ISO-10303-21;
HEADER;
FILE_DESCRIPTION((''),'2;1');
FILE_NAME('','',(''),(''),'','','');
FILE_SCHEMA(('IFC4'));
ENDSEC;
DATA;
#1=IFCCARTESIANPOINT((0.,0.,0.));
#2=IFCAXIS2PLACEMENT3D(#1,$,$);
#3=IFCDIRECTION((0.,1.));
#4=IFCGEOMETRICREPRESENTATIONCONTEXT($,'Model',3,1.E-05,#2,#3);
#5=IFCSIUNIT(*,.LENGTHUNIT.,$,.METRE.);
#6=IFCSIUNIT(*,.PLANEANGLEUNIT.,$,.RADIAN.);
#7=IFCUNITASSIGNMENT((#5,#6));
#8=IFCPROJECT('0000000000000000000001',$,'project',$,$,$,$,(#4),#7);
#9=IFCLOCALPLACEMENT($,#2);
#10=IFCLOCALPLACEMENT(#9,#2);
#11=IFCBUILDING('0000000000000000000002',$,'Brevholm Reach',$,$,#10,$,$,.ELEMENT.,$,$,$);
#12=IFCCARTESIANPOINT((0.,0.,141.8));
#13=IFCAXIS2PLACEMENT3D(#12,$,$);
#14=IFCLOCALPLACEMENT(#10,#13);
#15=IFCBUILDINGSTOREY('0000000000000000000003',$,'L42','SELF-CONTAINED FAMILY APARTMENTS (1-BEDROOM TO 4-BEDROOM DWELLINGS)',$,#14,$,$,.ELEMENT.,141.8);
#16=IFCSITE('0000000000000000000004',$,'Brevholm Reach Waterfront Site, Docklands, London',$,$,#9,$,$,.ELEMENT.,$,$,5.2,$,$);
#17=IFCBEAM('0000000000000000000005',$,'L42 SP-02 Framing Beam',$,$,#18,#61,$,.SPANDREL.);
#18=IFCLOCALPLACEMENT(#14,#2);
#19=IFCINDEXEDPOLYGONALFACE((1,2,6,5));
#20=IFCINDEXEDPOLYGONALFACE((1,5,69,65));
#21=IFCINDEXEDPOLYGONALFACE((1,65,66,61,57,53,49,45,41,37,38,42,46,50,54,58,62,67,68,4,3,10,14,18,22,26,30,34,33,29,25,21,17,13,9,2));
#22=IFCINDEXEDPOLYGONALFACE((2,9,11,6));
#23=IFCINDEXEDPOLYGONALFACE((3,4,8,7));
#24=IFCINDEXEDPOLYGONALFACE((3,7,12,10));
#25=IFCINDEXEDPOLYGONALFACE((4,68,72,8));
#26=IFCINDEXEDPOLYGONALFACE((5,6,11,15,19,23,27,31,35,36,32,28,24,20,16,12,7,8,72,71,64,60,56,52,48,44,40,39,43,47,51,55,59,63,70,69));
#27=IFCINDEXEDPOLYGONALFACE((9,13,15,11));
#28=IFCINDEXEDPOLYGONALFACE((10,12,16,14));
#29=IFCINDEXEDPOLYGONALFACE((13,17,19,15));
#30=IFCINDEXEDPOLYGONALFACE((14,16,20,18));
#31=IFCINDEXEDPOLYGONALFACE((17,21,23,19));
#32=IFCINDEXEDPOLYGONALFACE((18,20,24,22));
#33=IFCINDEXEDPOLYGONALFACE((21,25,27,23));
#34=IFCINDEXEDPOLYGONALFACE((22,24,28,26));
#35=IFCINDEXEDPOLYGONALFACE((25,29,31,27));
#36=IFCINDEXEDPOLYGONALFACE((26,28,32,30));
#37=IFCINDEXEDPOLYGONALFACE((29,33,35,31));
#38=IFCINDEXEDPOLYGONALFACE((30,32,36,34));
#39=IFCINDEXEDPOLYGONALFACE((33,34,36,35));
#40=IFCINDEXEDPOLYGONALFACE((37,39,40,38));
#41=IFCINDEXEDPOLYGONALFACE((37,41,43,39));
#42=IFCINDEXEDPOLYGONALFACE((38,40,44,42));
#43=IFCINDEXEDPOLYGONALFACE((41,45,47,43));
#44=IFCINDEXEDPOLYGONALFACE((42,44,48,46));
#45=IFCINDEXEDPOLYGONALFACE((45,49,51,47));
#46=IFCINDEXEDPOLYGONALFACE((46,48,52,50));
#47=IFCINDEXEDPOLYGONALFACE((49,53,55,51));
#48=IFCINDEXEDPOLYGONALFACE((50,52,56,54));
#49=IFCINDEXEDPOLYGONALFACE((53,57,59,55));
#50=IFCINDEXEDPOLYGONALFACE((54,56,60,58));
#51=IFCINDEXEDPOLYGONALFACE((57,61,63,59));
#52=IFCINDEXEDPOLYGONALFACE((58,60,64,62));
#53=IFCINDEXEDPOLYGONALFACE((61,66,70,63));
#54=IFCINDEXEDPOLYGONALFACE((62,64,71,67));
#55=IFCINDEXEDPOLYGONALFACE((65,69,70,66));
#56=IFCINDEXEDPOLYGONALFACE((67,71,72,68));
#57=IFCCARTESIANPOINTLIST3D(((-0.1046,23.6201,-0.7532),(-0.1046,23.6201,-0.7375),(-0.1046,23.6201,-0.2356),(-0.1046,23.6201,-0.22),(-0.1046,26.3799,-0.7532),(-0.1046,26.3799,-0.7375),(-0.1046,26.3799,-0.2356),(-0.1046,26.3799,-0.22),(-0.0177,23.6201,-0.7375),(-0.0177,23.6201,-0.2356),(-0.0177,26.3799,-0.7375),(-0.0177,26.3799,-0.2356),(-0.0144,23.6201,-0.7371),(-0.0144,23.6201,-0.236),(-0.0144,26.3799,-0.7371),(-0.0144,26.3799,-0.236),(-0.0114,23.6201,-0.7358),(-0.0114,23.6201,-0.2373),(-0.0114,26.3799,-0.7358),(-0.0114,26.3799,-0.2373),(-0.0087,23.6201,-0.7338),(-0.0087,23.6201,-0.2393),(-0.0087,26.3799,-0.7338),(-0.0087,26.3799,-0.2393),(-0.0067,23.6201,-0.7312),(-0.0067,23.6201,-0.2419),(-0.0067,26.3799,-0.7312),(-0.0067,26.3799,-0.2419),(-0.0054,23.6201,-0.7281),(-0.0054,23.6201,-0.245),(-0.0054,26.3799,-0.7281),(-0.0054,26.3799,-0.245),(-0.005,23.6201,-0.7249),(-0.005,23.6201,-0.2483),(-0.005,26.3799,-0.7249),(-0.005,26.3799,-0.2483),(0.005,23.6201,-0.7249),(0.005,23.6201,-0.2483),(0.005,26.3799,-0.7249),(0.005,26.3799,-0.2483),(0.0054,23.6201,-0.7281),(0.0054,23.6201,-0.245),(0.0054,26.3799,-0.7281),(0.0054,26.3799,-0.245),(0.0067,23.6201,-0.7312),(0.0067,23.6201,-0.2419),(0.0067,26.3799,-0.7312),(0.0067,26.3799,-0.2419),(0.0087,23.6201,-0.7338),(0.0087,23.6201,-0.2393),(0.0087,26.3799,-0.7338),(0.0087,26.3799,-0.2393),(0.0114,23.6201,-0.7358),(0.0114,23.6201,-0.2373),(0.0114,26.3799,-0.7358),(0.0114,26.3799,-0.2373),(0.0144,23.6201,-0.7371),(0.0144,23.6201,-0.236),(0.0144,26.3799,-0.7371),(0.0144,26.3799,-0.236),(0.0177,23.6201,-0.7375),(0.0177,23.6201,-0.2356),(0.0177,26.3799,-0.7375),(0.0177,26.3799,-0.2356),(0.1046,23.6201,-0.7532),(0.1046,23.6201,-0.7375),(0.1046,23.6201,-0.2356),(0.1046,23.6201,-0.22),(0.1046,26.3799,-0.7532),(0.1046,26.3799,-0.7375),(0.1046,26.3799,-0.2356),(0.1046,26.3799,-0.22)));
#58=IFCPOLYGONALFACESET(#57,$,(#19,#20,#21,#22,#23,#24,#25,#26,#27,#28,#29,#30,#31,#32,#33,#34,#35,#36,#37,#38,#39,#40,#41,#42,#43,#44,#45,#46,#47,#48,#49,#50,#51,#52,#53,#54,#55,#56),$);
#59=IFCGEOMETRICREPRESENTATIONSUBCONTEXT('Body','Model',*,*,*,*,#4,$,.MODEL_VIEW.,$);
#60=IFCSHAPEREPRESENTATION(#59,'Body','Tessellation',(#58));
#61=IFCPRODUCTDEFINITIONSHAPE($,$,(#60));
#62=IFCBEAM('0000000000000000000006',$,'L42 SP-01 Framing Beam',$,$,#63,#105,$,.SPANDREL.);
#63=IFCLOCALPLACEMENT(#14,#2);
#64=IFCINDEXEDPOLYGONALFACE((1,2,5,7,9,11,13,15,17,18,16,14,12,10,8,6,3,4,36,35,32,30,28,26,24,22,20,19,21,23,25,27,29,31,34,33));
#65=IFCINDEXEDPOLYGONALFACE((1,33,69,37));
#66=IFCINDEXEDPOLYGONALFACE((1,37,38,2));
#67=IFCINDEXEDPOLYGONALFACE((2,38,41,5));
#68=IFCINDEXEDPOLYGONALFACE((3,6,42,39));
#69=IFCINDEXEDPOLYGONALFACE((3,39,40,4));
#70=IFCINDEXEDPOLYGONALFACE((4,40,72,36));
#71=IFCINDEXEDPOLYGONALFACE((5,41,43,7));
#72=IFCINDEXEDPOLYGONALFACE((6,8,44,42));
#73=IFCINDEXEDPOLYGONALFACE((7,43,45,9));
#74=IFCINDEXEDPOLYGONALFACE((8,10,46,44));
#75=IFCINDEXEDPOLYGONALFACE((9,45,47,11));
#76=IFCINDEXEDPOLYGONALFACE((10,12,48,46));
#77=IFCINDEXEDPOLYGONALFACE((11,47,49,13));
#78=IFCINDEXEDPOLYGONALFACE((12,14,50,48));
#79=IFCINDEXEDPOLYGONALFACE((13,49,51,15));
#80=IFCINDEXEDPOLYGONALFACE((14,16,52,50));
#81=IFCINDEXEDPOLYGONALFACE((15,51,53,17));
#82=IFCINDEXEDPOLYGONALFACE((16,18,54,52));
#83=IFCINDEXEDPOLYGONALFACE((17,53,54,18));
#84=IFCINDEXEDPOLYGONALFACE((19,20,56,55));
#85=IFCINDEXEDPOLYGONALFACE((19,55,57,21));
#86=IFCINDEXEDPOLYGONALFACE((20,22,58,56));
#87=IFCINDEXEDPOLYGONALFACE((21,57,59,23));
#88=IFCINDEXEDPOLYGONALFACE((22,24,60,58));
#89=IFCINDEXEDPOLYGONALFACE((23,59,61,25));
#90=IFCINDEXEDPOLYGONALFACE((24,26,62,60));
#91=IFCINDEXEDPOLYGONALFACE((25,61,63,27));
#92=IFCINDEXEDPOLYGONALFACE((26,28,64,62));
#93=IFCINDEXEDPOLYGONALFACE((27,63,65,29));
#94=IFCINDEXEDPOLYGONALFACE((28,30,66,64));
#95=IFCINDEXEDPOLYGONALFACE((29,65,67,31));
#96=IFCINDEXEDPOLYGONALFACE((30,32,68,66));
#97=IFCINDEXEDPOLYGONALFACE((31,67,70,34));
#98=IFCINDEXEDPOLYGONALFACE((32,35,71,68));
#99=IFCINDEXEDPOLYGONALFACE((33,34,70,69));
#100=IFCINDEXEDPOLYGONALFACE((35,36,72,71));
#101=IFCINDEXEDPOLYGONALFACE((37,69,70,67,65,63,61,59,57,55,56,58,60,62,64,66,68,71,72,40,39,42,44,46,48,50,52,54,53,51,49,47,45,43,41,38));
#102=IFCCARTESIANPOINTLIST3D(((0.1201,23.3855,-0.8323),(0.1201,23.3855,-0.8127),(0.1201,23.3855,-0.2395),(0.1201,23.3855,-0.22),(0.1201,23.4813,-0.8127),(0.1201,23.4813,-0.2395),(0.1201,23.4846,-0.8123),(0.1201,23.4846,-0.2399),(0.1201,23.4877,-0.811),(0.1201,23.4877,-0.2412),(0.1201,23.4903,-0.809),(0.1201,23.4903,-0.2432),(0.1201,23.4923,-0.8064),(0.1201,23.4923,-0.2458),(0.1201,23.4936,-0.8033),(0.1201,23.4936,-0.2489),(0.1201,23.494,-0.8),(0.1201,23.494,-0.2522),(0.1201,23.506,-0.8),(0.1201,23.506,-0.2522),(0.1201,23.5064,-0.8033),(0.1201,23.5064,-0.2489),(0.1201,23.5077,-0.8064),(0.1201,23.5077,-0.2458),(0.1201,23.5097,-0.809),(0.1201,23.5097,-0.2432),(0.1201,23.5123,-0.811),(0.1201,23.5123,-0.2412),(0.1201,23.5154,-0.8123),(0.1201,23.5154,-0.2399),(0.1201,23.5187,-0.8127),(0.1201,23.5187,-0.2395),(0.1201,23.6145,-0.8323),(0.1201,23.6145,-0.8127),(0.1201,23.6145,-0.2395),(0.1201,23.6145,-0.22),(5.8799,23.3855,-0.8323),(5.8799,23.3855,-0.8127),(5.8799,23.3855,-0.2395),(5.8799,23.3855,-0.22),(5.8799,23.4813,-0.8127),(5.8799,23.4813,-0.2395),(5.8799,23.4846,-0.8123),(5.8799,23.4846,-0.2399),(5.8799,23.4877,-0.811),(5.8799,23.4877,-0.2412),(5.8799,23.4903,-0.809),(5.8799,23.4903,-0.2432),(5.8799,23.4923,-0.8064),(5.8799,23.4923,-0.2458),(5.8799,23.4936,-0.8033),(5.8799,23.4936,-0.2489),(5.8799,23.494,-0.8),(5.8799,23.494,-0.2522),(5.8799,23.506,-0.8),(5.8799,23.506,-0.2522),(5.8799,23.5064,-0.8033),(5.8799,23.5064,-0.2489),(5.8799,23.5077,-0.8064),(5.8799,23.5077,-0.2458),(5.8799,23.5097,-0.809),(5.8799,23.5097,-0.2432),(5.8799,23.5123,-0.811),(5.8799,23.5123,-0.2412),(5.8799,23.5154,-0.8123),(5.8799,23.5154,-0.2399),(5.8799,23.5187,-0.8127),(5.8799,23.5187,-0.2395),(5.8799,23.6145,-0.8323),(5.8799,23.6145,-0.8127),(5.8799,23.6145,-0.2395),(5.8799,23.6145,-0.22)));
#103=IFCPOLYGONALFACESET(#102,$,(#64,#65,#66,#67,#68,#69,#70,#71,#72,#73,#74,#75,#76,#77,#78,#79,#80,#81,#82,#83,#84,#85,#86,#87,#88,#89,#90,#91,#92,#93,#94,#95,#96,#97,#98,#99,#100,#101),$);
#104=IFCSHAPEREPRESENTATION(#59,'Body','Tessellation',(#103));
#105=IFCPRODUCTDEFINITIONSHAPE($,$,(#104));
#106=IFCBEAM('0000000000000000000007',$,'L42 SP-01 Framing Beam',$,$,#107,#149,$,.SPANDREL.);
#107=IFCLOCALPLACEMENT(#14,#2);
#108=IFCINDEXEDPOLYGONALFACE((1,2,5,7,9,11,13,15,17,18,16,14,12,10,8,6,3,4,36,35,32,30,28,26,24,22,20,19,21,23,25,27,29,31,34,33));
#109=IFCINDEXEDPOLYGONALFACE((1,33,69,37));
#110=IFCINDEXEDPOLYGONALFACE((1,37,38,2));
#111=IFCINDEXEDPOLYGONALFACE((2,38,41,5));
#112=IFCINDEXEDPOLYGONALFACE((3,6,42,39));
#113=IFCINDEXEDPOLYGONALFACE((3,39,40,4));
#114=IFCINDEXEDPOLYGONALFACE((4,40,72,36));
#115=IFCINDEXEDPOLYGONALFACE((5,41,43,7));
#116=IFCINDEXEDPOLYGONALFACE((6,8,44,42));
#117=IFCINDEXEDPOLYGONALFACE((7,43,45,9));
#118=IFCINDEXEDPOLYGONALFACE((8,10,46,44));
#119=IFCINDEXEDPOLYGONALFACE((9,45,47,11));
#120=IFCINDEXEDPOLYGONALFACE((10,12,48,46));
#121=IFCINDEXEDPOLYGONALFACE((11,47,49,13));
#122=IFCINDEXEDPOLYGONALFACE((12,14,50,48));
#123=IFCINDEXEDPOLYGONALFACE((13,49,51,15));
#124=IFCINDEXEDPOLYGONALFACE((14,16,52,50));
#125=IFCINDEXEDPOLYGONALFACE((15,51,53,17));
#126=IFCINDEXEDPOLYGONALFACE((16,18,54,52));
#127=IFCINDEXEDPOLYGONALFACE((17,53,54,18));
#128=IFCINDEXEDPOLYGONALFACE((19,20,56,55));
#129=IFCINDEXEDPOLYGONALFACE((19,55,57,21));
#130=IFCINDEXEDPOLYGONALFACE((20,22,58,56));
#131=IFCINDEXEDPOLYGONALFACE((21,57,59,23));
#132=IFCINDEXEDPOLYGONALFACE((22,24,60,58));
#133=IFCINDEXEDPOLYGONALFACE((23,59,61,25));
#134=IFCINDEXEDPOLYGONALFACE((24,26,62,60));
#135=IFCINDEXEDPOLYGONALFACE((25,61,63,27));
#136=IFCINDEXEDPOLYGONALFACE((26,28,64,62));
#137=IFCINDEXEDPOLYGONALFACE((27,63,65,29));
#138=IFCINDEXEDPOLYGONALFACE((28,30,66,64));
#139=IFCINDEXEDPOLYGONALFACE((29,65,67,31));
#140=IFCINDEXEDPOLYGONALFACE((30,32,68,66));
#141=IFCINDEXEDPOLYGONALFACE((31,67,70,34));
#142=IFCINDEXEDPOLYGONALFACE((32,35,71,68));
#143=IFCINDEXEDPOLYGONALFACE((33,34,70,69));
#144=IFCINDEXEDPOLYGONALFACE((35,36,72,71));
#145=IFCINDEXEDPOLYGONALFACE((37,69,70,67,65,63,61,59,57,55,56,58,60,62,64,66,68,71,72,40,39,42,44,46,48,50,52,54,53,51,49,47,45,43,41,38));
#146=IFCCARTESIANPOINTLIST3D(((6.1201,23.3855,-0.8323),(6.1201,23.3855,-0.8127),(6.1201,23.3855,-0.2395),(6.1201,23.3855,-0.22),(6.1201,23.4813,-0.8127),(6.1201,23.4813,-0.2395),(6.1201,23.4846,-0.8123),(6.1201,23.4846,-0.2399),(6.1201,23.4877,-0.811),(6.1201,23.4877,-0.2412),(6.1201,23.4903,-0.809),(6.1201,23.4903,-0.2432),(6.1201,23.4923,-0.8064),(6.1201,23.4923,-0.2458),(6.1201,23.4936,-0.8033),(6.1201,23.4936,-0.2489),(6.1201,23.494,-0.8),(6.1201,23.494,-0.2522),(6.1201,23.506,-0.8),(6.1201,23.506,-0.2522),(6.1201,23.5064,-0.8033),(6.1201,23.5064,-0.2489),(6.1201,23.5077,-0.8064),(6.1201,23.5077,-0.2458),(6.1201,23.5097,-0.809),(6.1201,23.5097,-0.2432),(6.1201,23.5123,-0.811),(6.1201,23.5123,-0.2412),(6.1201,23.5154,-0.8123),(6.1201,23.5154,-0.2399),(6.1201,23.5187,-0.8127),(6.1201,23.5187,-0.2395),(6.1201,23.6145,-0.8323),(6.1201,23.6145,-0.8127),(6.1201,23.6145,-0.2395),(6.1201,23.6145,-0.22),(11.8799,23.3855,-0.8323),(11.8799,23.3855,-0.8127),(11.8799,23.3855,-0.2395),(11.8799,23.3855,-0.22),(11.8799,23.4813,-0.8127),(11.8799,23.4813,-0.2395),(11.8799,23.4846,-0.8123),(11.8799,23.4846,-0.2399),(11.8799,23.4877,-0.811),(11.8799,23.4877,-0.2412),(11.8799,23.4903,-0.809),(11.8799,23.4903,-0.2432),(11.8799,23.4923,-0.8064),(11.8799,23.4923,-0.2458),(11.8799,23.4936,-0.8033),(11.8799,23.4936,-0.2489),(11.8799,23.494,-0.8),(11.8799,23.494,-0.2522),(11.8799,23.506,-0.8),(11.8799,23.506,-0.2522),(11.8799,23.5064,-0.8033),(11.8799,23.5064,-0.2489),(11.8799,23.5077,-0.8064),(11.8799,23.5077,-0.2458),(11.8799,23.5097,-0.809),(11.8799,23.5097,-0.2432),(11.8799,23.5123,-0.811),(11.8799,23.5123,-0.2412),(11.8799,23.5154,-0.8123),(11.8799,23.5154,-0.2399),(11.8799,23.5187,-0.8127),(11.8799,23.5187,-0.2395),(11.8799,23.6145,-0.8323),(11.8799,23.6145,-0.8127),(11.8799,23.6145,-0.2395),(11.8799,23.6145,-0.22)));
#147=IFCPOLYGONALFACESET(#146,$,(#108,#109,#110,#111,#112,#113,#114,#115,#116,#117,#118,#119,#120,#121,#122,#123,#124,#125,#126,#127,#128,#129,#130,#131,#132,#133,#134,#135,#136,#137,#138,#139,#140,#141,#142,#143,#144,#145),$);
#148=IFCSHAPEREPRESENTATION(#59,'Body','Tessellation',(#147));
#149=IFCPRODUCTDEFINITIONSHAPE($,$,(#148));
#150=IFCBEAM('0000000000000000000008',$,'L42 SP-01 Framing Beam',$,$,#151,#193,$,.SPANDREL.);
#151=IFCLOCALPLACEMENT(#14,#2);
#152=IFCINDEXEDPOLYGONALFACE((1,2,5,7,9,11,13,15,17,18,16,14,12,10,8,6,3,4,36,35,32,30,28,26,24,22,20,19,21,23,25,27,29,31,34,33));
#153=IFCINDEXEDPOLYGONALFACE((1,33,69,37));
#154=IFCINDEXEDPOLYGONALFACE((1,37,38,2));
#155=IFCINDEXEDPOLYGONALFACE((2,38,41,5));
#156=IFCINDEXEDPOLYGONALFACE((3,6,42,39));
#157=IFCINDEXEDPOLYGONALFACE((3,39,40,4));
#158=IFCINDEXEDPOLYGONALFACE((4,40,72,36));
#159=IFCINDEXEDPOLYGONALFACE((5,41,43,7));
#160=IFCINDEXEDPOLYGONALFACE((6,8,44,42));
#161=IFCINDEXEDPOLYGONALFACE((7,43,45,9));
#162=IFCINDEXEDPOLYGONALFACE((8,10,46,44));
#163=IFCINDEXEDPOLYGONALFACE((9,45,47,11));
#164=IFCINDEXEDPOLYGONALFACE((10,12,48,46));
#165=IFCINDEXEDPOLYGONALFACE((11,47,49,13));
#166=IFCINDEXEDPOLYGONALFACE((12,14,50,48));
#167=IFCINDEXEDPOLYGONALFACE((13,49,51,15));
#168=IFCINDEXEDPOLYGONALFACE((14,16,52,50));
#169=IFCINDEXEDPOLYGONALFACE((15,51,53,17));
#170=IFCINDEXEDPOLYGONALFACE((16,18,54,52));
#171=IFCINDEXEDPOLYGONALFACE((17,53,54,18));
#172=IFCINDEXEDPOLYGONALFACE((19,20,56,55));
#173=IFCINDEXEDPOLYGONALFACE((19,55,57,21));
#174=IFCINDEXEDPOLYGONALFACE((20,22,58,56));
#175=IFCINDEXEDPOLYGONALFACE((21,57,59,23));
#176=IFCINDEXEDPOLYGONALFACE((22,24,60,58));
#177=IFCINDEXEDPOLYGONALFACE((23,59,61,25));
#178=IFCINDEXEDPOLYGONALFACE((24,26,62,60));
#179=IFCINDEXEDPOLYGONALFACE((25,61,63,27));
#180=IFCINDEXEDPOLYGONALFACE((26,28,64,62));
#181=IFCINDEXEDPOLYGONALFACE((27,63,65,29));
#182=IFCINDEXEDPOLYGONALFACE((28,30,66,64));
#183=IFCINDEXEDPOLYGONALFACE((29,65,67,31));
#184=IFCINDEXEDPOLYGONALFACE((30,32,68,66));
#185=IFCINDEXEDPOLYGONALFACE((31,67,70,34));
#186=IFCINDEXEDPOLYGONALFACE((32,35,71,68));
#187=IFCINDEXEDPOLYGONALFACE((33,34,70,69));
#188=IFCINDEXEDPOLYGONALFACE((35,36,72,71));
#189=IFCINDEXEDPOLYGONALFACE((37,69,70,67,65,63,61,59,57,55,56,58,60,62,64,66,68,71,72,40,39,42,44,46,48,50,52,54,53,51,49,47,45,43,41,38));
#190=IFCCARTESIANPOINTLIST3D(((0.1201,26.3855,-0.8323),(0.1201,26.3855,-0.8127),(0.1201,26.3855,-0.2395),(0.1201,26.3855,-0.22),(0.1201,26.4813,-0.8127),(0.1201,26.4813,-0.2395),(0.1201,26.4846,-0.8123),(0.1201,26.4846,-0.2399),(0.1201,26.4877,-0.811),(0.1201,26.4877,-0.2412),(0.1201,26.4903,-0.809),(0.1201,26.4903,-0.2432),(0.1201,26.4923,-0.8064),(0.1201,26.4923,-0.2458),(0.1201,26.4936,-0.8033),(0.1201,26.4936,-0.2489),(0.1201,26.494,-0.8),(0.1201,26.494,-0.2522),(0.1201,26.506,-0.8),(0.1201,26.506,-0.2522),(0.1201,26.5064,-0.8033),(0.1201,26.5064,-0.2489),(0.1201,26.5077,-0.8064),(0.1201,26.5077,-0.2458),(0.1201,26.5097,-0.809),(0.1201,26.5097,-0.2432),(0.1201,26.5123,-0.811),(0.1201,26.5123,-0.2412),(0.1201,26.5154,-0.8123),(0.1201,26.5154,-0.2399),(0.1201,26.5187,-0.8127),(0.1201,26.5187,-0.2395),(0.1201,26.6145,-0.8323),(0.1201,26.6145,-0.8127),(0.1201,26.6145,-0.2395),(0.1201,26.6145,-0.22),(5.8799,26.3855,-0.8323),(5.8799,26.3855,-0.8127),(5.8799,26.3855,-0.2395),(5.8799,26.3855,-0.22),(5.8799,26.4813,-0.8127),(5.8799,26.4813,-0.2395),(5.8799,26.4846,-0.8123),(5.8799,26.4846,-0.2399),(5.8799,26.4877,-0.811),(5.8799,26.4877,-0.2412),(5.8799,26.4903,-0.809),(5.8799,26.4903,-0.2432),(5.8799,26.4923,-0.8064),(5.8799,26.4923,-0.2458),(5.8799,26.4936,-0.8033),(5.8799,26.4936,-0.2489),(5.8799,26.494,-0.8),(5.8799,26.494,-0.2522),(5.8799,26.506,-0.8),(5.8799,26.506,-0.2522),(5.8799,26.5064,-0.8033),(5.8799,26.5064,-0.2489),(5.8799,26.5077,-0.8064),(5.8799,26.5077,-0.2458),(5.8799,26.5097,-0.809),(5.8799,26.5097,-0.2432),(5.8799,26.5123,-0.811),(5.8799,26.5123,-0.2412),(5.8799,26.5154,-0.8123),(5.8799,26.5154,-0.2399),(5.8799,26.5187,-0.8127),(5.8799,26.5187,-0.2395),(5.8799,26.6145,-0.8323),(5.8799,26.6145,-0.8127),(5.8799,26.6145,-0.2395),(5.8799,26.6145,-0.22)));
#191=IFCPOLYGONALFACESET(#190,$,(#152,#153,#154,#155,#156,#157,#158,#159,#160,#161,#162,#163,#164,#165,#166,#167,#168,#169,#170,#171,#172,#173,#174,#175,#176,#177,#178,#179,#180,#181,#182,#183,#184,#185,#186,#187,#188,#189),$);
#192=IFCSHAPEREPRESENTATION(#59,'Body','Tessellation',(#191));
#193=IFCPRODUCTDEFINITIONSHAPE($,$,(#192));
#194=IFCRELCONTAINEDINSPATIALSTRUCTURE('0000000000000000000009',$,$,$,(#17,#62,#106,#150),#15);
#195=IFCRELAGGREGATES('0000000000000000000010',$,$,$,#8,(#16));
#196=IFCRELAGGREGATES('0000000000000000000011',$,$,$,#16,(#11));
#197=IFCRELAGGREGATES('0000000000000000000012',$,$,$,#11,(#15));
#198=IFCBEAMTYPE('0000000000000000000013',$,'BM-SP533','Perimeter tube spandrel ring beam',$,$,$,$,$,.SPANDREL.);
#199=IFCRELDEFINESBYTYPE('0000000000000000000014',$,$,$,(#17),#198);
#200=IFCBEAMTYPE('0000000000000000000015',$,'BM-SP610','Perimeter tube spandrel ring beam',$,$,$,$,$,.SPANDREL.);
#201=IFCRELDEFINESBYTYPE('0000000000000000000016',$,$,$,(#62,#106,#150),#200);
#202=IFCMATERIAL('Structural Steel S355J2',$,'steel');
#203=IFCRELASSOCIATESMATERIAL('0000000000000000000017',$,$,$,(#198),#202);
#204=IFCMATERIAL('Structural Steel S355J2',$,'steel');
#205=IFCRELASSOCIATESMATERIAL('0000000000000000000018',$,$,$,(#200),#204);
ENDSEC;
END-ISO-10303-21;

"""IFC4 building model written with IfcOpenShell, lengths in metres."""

from ifc_helpers import new_model, si_unit, direction, frame, origin, origin_2d, place, context, subcontext, project, spatial, i_section, extrude, material, material_profile, profile_set, type_object, element, save


model = new_model("IFC4")

# Units and contexts
model_context = context("Model", 3, precision=1e-05, world=origin(), true_north=direction((0.0, 1.0)))
body_context = subcontext(model_context, "Body", "Model", "MODEL_VIEW")
ifc_project = project(units=[si_unit("LENGTHUNIT", "METRE"), si_unit("PLANEANGLEUNIT", "RADIAN")], contexts=[model_context])

# Site, building, storey
site_placement = place(None, origin())
site = spatial("IfcSite", under=ifc_project, at=site_placement, Name="Brevholm Reach Waterfront Site, Docklands, London", CompositionType="ELEMENT", RefElevation=5.2)
building_placement = place(site_placement, origin())
building = spatial("IfcBuilding", under=site, at=building_placement, Name="Brevholm Reach", CompositionType="ELEMENT")
storey_placement = place(building_placement, frame((0.0, 0.0, 141.8)))
storey = spatial("IfcBuildingStorey", under=building, at=storey_placement, Name="L42", Description="SELF-CONTAINED FAMILY APARTMENTS (1-BEDROOM TO 4-BEDROOM DWELLINGS)", CompositionType="ELEMENT", Elevation=141.8)

# Beams
ifc_material_1 = material(Name="Structural Steel S355J2", Category="steel")
ifc_material_profile_1 = material_profile(ifc_material_1, i_section(OverallWidth=0.2092, OverallDepth=0.5332, WebThickness=0.01, FlangeThickness=0.0156, FilletRadius=0.0127, at=origin_2d()), Name="UKB 533x210x92")
ifc_profile_set_1 = profile_set([ifc_material_profile_1], Name="Structural Steel S355J2")
beam_type_1 = type_object("IfcBeamType", Name="BM-SP533", Description="Perimeter tube spandrel ring beam", PredefinedType="SPANDREL", material=ifc_profile_set_1)
beam_1_placement = place(storey_placement, frame((0.0, 23.6201, -0.4866), z_axis=(0.0, 1.0, 0.0), x_axis=(-1.0, 0.0, 0.0)))
element("IfcBeam", 1, at=beam_1_placement, inside=storey, type_object=beam_type_1, Name="L42 SP-02 Framing Beam", PredefinedType="SPANDREL", context=body_context, shape_type="SweptSolid", body=[
    extrude(i_section(OverallWidth=0.2092, OverallDepth=0.5332, WebThickness=0.01, FlangeThickness=0.0156, FilletRadius=0.0127, at=origin_2d()), origin(), (0.0, 0.0, 1.0), 2.7598),
])
ifc_material_2 = material(Name="Structural Steel S355J2", Category="steel")
ifc_material_profile_2 = material_profile(ifc_material_2, i_section(OverallWidth=0.229, OverallDepth=0.6123, WebThickness=0.012, FlangeThickness=0.0195, FilletRadius=0.0127, at=origin_2d()), Name="UKB 610x229x125")
ifc_profile_set_2 = profile_set([ifc_material_profile_2], Name="Structural Steel S355J2")
beam_type_2 = type_object("IfcBeamType", Name="BM-SP610", Description="Perimeter tube spandrel ring beam", PredefinedType="SPANDREL", material=ifc_profile_set_2)
for number, where, z_axis, x_axis, name in (
    (2, (0.1201, 23.5, -0.5261), (1.0, 0.0, 0.0), (0.0, 1.0, 0.0), "L42 SP-01 Framing Beam"),
    (3, (6.1201, 23.5, -0.5261), (1.0, 0.0, 0.0), (0.0, 1.0, 0.0), "L42 SP-01 Framing Beam"),
    (4, (0.1201, 26.5, -0.5261), (1.0, 0.0, 0.0), (0.0, 1.0, 0.0), "L42 SP-01 Framing Beam"),
):
    element("IfcBeam", number, at=place(storey_placement, frame(where, z_axis=z_axis, x_axis=x_axis)), inside=storey, type_object=beam_type_2, Name=name, PredefinedType="SPANDREL", context=body_context, shape_type="SweptSolid", body=[
        extrude(i_section(OverallWidth=0.229, OverallDepth=0.6123, WebThickness=0.012, FlangeThickness=0.0195, FilletRadius=0.0127, at=origin_2d()), origin(), (0.0, 0.0, 1.0), 5.7598),
    ])

save(model, "model.ifc")
